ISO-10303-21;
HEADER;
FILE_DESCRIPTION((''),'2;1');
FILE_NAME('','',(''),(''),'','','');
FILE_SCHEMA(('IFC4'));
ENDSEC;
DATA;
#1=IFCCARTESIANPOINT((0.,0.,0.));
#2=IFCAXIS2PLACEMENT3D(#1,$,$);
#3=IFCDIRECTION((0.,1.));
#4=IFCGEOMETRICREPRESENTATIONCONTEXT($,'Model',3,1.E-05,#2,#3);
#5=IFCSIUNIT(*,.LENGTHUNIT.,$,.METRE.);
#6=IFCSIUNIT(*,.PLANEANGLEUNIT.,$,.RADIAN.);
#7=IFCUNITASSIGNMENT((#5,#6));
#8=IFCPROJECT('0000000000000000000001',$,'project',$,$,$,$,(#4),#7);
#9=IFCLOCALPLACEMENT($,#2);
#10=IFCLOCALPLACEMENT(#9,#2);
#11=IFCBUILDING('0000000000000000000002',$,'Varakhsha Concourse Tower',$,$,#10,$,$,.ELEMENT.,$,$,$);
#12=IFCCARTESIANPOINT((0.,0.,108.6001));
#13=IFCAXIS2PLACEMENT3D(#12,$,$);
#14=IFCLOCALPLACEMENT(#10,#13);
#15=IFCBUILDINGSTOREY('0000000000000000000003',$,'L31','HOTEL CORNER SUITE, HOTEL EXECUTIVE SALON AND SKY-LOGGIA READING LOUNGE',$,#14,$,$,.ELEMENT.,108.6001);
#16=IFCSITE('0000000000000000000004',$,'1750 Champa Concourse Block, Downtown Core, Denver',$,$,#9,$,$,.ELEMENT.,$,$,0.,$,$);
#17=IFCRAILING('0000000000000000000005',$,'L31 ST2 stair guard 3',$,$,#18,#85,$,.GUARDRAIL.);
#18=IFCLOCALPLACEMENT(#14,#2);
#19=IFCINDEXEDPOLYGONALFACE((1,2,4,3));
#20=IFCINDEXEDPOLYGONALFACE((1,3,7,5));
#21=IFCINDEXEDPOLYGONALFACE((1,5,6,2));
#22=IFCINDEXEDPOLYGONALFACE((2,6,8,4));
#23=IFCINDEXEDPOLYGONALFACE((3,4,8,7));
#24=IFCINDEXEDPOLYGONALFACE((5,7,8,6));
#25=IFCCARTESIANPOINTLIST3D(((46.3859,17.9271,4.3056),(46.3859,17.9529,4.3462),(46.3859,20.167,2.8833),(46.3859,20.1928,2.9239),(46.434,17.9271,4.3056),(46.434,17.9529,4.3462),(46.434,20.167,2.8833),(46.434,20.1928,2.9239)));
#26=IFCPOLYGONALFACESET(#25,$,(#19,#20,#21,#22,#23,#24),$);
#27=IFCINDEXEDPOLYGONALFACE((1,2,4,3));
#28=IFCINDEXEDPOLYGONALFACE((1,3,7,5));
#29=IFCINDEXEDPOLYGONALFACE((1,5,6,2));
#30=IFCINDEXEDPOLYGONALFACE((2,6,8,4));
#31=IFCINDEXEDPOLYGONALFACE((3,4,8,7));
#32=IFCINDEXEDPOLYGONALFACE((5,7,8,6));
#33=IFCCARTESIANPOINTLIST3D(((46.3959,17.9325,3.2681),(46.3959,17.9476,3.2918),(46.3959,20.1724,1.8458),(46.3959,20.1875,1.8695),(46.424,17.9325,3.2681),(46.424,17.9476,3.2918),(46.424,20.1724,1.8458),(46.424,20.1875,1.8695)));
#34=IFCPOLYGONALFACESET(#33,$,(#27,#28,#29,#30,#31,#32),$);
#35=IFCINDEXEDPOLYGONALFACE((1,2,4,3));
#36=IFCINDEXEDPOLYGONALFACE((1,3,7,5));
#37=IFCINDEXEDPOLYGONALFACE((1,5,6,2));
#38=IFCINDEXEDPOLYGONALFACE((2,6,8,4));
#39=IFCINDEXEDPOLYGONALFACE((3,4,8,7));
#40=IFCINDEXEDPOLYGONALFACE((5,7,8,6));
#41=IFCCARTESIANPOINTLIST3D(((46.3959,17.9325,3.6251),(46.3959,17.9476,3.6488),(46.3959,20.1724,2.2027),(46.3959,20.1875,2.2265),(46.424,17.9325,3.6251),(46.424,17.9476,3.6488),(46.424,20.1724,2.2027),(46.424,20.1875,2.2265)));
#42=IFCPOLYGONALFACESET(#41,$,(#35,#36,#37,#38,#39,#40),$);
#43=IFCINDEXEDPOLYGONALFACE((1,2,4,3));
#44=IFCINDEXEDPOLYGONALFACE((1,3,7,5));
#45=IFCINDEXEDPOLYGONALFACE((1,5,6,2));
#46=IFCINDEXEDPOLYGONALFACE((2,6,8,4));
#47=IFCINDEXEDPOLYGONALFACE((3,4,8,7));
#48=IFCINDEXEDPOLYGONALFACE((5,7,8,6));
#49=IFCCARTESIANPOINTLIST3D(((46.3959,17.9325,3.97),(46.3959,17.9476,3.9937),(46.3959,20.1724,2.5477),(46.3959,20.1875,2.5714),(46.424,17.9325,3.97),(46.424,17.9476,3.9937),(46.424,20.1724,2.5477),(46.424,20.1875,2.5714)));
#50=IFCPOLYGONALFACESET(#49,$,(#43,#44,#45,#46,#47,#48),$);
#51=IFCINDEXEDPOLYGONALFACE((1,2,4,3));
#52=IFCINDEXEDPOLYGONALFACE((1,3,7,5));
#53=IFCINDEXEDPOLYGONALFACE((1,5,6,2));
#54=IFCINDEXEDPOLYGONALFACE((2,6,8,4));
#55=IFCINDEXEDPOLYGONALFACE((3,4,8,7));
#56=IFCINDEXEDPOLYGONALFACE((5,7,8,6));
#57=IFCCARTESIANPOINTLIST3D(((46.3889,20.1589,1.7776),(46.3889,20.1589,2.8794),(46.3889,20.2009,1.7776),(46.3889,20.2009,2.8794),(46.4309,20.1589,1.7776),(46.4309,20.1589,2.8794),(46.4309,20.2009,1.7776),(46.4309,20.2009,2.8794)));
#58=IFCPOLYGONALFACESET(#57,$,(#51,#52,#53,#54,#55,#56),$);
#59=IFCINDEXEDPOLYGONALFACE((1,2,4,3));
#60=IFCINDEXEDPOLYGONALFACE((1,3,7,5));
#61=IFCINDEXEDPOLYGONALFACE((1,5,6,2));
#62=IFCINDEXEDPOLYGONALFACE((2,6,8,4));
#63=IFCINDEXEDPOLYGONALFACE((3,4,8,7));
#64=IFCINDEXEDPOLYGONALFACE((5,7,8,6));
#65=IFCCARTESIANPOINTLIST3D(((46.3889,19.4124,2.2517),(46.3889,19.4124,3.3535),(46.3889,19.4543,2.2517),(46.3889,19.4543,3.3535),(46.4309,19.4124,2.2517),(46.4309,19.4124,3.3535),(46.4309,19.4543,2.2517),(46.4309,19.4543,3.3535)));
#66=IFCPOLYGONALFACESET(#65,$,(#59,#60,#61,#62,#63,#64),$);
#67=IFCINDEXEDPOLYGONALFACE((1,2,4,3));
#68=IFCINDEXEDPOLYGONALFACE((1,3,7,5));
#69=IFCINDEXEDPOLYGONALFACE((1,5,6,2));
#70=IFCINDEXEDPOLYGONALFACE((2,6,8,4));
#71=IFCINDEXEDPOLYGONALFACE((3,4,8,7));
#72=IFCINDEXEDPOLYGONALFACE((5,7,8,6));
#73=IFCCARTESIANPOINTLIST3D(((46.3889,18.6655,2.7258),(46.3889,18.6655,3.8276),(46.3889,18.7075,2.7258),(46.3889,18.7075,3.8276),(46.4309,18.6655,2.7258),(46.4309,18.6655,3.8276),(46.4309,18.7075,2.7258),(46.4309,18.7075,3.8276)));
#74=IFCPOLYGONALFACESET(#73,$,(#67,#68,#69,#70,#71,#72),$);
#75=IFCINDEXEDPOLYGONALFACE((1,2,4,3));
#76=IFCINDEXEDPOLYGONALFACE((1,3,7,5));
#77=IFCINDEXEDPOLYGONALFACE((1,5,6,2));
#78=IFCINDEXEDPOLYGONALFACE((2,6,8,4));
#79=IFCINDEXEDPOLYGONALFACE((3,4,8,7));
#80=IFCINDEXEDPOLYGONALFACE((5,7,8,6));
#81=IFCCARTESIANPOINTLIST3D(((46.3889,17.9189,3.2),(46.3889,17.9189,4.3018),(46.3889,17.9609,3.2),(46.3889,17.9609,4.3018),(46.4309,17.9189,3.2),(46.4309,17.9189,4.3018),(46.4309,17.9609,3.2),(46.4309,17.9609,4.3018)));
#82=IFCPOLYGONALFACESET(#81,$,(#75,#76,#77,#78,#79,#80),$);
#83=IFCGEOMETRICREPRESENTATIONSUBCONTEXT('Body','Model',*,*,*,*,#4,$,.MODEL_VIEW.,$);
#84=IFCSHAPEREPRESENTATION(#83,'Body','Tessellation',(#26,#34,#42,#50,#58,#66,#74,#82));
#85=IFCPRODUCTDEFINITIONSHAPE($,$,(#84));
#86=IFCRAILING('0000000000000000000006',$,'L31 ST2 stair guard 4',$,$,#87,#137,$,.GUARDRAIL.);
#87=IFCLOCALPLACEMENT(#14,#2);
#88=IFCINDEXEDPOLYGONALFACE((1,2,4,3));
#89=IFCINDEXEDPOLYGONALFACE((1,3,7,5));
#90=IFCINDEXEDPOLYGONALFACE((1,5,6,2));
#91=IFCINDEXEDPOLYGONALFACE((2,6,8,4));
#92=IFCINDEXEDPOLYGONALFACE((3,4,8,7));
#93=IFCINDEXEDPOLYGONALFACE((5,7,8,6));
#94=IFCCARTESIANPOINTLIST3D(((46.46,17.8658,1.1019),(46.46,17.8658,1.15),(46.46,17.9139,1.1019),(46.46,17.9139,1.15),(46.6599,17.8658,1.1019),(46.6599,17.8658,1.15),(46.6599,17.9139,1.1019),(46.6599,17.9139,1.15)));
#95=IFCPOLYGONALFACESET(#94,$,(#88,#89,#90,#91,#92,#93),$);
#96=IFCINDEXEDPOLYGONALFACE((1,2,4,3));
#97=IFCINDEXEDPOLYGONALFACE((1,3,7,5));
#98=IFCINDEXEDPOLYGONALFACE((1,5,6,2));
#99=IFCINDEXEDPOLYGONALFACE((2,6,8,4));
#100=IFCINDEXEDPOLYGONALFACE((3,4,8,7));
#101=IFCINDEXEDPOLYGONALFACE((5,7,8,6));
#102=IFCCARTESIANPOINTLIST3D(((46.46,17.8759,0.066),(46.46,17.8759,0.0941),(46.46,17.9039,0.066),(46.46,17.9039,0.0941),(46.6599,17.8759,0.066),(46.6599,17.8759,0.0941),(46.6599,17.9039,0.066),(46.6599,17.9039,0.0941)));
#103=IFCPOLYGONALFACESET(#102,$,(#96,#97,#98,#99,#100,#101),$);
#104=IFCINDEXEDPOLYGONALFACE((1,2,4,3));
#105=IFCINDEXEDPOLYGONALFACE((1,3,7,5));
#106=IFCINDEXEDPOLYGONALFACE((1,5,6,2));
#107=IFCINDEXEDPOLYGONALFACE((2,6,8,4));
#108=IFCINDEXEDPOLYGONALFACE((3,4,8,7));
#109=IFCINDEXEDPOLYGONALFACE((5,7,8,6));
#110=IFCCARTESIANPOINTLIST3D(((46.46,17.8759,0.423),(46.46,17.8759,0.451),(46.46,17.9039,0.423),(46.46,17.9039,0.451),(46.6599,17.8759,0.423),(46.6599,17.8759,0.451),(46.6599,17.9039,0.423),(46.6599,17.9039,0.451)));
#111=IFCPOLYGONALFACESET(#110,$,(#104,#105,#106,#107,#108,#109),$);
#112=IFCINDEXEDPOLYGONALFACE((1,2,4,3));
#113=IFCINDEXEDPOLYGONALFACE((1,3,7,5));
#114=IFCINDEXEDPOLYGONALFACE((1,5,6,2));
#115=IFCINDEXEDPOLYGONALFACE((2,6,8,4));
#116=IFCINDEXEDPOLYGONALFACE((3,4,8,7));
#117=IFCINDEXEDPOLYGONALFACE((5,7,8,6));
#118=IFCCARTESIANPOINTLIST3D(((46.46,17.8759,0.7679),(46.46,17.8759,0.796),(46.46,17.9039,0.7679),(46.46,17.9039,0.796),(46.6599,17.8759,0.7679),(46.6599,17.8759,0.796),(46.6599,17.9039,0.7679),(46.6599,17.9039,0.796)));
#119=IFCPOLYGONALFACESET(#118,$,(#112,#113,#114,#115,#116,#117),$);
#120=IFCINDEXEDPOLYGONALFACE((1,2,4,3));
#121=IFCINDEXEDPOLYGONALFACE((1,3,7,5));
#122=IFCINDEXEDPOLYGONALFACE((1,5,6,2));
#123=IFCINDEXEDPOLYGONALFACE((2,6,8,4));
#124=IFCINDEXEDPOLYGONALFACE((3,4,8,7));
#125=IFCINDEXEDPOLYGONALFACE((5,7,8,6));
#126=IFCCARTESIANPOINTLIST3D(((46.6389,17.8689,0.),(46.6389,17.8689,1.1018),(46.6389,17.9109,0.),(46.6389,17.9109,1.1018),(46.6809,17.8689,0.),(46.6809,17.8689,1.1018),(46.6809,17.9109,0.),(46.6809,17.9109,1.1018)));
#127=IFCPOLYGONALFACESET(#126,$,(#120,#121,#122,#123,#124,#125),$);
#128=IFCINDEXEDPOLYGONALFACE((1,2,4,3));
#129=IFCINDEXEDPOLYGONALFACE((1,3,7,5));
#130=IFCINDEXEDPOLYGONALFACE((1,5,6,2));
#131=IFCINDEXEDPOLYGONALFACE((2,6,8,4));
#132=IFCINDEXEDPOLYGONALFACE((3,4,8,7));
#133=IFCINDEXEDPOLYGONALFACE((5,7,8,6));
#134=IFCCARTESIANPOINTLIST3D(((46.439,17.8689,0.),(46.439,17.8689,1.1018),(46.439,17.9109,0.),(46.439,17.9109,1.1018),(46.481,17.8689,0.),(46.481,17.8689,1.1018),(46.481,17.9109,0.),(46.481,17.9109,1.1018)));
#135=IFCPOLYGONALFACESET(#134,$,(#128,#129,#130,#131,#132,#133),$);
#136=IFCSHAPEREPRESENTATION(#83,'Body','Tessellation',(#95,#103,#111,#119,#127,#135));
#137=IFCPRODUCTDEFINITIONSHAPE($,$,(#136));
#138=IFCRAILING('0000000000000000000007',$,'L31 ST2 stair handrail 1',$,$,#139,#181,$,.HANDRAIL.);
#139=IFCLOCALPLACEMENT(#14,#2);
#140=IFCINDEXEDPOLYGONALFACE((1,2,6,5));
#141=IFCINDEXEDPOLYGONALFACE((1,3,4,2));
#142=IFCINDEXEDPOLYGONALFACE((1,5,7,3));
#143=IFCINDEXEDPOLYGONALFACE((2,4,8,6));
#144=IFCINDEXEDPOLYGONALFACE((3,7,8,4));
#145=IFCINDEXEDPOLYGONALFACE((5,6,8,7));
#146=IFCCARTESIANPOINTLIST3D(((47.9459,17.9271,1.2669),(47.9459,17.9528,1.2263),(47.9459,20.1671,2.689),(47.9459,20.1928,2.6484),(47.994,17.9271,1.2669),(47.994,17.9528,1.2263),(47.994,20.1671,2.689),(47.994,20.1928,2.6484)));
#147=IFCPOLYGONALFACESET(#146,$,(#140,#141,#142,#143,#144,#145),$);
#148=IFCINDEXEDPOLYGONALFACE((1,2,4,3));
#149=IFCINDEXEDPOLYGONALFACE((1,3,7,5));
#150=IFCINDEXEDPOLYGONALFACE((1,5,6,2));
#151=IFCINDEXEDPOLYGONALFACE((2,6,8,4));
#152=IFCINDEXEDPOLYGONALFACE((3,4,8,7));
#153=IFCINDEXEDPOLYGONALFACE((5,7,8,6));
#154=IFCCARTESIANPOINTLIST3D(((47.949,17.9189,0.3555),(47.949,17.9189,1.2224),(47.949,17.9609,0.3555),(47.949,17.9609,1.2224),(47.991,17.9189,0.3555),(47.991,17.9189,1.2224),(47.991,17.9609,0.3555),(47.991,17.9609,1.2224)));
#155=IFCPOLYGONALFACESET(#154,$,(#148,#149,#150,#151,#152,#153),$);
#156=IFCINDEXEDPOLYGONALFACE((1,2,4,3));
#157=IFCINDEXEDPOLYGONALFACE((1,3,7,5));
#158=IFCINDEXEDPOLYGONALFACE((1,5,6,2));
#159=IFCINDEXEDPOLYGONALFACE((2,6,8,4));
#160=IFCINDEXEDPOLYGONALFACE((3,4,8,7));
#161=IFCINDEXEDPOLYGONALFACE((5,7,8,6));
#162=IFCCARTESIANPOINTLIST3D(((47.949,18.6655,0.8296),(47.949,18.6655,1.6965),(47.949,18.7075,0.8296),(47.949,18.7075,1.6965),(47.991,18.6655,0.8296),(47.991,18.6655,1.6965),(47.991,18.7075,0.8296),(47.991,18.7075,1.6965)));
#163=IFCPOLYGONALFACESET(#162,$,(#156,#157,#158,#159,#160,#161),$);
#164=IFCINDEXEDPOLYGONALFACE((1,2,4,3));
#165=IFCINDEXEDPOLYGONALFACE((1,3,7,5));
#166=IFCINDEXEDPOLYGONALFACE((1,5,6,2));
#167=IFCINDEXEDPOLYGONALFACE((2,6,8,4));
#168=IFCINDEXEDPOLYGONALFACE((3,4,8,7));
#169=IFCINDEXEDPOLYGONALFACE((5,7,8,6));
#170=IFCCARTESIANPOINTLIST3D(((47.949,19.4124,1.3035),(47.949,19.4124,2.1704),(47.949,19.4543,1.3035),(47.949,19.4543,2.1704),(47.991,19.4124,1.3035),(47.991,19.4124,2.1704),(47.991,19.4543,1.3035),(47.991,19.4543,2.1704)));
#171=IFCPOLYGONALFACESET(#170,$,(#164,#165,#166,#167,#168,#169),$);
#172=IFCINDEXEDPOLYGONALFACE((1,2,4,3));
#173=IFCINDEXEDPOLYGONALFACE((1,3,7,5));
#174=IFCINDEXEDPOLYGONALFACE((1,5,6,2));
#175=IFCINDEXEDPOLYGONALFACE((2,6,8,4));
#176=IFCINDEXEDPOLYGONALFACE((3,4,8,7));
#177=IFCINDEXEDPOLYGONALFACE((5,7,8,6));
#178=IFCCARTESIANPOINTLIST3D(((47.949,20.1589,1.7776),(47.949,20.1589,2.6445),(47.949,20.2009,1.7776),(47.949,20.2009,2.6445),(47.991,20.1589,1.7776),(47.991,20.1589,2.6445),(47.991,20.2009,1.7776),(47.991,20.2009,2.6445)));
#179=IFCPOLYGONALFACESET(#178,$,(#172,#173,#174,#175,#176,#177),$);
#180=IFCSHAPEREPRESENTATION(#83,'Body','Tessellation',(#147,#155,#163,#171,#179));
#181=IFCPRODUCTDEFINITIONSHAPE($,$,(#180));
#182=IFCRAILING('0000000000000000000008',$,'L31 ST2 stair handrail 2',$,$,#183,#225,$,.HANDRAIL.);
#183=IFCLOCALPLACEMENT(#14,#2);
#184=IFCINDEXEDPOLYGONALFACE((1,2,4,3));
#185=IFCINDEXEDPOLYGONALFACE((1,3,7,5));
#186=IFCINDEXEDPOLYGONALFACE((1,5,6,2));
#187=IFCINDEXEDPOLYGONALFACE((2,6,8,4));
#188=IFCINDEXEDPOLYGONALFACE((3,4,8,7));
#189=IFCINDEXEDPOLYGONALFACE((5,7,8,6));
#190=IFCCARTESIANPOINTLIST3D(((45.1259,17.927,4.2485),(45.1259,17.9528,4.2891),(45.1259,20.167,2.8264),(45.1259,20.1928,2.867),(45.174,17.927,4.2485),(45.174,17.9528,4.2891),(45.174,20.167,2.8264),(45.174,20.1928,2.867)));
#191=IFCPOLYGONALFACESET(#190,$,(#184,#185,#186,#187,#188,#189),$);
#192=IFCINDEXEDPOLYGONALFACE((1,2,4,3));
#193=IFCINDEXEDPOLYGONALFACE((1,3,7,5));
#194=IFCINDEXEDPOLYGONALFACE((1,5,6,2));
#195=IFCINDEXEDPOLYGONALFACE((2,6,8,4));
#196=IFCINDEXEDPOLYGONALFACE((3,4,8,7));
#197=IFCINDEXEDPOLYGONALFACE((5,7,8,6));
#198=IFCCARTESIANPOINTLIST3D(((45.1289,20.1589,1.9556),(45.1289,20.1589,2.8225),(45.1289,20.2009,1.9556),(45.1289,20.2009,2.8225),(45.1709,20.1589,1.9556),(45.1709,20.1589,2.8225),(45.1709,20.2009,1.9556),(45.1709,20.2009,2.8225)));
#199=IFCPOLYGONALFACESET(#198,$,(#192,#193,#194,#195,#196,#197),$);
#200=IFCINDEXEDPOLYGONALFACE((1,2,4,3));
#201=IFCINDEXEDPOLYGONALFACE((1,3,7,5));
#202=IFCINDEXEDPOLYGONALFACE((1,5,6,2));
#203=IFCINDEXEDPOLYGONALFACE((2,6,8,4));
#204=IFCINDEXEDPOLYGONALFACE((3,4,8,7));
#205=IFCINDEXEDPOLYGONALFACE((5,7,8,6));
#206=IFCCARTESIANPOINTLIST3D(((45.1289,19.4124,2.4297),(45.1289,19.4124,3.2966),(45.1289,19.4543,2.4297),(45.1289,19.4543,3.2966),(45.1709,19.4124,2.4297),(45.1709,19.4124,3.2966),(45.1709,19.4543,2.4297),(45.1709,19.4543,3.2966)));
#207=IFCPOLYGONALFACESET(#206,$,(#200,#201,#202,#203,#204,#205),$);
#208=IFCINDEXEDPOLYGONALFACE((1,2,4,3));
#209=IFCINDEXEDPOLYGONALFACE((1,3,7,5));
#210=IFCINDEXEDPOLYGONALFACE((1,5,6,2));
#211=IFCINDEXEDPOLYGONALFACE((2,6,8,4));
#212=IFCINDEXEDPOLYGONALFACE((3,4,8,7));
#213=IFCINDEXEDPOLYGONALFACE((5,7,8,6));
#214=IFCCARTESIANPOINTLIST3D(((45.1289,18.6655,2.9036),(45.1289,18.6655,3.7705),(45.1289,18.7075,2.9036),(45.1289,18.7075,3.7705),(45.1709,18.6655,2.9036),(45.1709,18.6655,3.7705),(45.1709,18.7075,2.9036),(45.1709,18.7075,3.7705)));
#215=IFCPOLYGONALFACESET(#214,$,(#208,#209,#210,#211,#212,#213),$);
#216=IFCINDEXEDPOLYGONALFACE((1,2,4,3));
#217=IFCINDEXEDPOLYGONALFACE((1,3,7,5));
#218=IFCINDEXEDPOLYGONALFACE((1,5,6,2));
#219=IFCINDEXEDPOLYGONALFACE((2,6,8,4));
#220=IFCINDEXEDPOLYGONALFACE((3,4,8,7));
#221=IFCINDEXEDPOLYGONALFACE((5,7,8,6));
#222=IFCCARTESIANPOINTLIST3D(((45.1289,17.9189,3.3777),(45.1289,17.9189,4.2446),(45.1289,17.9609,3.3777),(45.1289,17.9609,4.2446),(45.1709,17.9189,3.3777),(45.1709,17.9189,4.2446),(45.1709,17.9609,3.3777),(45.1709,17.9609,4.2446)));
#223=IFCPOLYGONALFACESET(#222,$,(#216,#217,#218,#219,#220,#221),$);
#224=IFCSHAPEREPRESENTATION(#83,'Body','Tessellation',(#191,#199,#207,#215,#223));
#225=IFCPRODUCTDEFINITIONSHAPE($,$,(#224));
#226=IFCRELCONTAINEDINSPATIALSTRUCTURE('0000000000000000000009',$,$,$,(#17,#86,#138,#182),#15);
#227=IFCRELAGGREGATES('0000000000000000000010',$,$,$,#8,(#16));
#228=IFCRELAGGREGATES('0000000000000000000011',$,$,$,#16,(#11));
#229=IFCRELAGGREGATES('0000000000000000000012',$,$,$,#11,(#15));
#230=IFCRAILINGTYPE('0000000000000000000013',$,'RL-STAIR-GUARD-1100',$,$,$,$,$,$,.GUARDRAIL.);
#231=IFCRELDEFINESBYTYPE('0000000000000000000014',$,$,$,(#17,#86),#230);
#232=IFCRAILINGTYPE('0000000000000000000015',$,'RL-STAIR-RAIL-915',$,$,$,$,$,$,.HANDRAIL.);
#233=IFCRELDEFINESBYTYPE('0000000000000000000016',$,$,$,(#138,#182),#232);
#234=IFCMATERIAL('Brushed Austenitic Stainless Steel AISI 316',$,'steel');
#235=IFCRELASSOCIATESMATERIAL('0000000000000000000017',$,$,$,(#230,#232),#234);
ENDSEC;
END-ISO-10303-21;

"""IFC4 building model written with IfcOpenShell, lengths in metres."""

from ifc_helpers import new_model, si_unit, direction, frame, origin, origin_2d, place, context, subcontext, project, spatial, rectangle, extrude, material, type_object, element, save


model = new_model("IFC4")

# Units and contexts
model_context = context("Model", 3, precision=1e-05, world=origin(), true_north=direction((0.0, 1.0)))
body_context = subcontext(model_context, "Body", "Model", "MODEL_VIEW")
ifc_project = project(units=[si_unit("LENGTHUNIT", "METRE"), si_unit("PLANEANGLEUNIT", "RADIAN")], contexts=[model_context])

# Site, building, storey
site_placement = place(None, origin())
site = spatial("IfcSite", under=ifc_project, at=site_placement, Name="1750 Champa Concourse Block, Downtown Core, Denver", CompositionType="ELEMENT", RefElevation=0.0)
building_placement = place(site_placement, origin())
building = spatial("IfcBuilding", under=site, at=building_placement, Name="Varakhsha Concourse Tower", CompositionType="ELEMENT")
storey_placement = place(building_placement, frame((0.0, 0.0, 108.6001)))
storey = spatial("IfcBuildingStorey", under=building, at=storey_placement, Name="L31", Description="HOTEL CORNER SUITE, HOTEL EXECUTIVE SALON AND SKY-LOGGIA READING LOUNGE", CompositionType="ELEMENT", Elevation=108.6001)

# Railings
ifc_material_1 = material(Name="Brushed Austenitic Stainless Steel AISI 316", Category="steel")
railing_type_1 = type_object("IfcRailingType", Name="RL-STAIR-GUARD-1100", PredefinedType="GUARDRAIL", material=ifc_material_1)
railing_1_placement = place(storey_placement, frame((46.4099, 20.1799, 1.7776)))
element("IfcRailing", 1, at=railing_1_placement, inside=storey, type_object=railing_type_1, Name="L31 ST2 stair guard 3", PredefinedType="GUARDRAIL", context=body_context, shape_type="SweptSolid", body=[
    extrude(rectangle(XDim=0.0481, YDim=0.0481, at=origin_2d()), frame((0.0, 0.0, 1.126), z_axis=(0.0, -0.844188, 0.536048), x_axis=(1.0, 0.0, 0.0)), (0.0, 0.0, 1.0), 2.6533),
    extrude(rectangle(XDim=0.0281, YDim=0.0281, at=origin_2d()), frame((0.0, 0.0, 0.0801), z_axis=(0.0, -0.844188, 0.536048), x_axis=(1.0, 0.0, 0.0)), (0.0, 0.0, 1.0), 2.6533),
    extrude(rectangle(XDim=0.0281, YDim=0.0281, at=origin_2d()), frame((0.0, 0.0, 0.437), z_axis=(0.0, -0.844188, 0.536048), x_axis=(1.0, 0.0, 0.0)), (0.0, 0.0, 1.0), 2.6533),
    extrude(rectangle(XDim=0.0281, YDim=0.0281, at=origin_2d()), frame((0.0, 0.0, 0.782), z_axis=(0.0, -0.844188, 0.536048), x_axis=(1.0, 0.0, 0.0)), (0.0, 0.0, 1.0), 2.6533),
    extrude(rectangle(XDim=0.042, YDim=0.042, at=origin_2d()), origin(), (0.0, 0.0, 1.0), 1.1018),
    extrude(rectangle(XDim=0.042, YDim=0.042, at=origin_2d()), frame((0.0, -0.7466, 0.4741)), (0.0, 0.0, 1.0), 1.1018),
    extrude(rectangle(XDim=0.042, YDim=0.042, at=origin_2d()), frame((0.0, -1.4934, 0.9482)), (0.0, 0.0, 1.0), 1.1018),
    extrude(rectangle(XDim=0.042, YDim=0.042, at=origin_2d()), frame((0.0, -2.24, 1.4224)), (0.0, 0.0, 1.0), 1.1018),
])
railing_2_placement = place(storey_placement, frame((46.6599, 17.8899, 0.0)))
element("IfcRailing", 2, at=railing_2_placement, inside=storey, type_object=railing_type_1, Name="L31 ST2 stair guard 4", PredefinedType="GUARDRAIL", context=body_context, shape_type="SweptSolid", body=[
    extrude(rectangle(XDim=0.0481, YDim=0.0481, at=origin_2d()), frame((0.0, 0.0, 1.126), z_axis=(-1.0, 0.0, 0.0), x_axis=(0.0, -1.0, 0.0)), (0.0, 0.0, 1.0), 0.2),
    extrude(rectangle(XDim=0.0281, YDim=0.0281, at=origin_2d()), frame((0.0, 0.0, 0.0801), z_axis=(-1.0, 0.0, 0.0), x_axis=(0.0, -1.0, 0.0)), (0.0, 0.0, 1.0), 0.2),
    extrude(rectangle(XDim=0.0281, YDim=0.0281, at=origin_2d()), frame((0.0, 0.0, 0.437), z_axis=(-1.0, 0.0, 0.0), x_axis=(0.0, -1.0, 0.0)), (0.0, 0.0, 1.0), 0.2),
    extrude(rectangle(XDim=0.0281, YDim=0.0281, at=origin_2d()), frame((0.0, 0.0, 0.782), z_axis=(-1.0, 0.0, 0.0), x_axis=(0.0, -1.0, 0.0)), (0.0, 0.0, 1.0), 0.2),
    extrude(rectangle(XDim=0.042, YDim=0.042, at=origin_2d()), origin(), (0.0, 0.0, 1.0), 1.1018),
    extrude(rectangle(XDim=0.042, YDim=0.042, at=origin_2d()), frame((-0.2, 0.0, 0.0)), (0.0, 0.0, 1.0), 1.1018),
])
railing_type_2 = type_object("IfcRailingType", Name="RL-STAIR-RAIL-915", PredefinedType="HANDRAIL", material=ifc_material_1)
railing_3_placement = place(storey_placement, frame((47.97, 17.9399, 0.3555)))
element("IfcRailing", 3, at=railing_3_placement, inside=storey, type_object=railing_type_2, Name="L31 ST2 stair handrail 1", PredefinedType="HANDRAIL", context=body_context, shape_type="SweptSolid", body=[
    extrude(rectangle(XDim=0.0481, YDim=0.0481, at=origin_2d()), frame((0.0, 0.0, 0.8911), z_axis=(0.0, 0.844229, 0.535982), x_axis=(-1.0, 0.0, 0.0)), (0.0, 0.0, 1.0), 2.6533),
    extrude(rectangle(XDim=0.042, YDim=0.042, at=origin_2d()), origin(), (0.0, 0.0, 1.0), 0.8669),
    extrude(rectangle(XDim=0.042, YDim=0.042, at=origin_2d()), frame((0.0, 0.7466, 0.4741)), (0.0, 0.0, 1.0), 0.8669),
    extrude(rectangle(XDim=0.042, YDim=0.042, at=origin_2d()), frame((0.0, 1.4934, 0.948)), (0.0, 0.0, 1.0), 0.8669),
    extrude(rectangle(XDim=0.042, YDim=0.042, at=origin_2d()), frame((0.0, 2.24, 1.4221)), (0.0, 0.0, 1.0), 0.8669),
])
railing_4_placement = place(storey_placement, frame((45.1499, 20.1799, 1.9556)))
element("IfcRailing", 4, at=railing_4_placement, inside=storey, type_object=railing_type_2, Name="L31 ST2 stair handrail 2", PredefinedType="HANDRAIL", context=body_context, shape_type="SweptSolid", body=[
    extrude(rectangle(XDim=0.0481, YDim=0.0481, at=origin_2d()), frame((0.0, 0.0, 0.8911), z_axis=(0.0, -0.844229, 0.535982), x_axis=(1.0, 0.0, 0.0)), (0.0, 0.0, 1.0), 2.6533),
    extrude(rectangle(XDim=0.042, YDim=0.042, at=origin_2d()), origin(), (0.0, 0.0, 1.0), 0.8669),
    extrude(rectangle(XDim=0.042, YDim=0.042, at=origin_2d()), frame((0.0, -0.7466, 0.4741)), (0.0, 0.0, 1.0), 0.8669),
    extrude(rectangle(XDim=0.042, YDim=0.042, at=origin_2d()), frame((0.0, -1.4934, 0.948)), (0.0, 0.0, 1.0), 0.8669),
    extrude(rectangle(XDim=0.042, YDim=0.042, at=origin_2d()), frame((0.0, -2.24, 1.4221)), (0.0, 0.0, 1.0), 0.8669),
])

save(model, "model.ifc")
